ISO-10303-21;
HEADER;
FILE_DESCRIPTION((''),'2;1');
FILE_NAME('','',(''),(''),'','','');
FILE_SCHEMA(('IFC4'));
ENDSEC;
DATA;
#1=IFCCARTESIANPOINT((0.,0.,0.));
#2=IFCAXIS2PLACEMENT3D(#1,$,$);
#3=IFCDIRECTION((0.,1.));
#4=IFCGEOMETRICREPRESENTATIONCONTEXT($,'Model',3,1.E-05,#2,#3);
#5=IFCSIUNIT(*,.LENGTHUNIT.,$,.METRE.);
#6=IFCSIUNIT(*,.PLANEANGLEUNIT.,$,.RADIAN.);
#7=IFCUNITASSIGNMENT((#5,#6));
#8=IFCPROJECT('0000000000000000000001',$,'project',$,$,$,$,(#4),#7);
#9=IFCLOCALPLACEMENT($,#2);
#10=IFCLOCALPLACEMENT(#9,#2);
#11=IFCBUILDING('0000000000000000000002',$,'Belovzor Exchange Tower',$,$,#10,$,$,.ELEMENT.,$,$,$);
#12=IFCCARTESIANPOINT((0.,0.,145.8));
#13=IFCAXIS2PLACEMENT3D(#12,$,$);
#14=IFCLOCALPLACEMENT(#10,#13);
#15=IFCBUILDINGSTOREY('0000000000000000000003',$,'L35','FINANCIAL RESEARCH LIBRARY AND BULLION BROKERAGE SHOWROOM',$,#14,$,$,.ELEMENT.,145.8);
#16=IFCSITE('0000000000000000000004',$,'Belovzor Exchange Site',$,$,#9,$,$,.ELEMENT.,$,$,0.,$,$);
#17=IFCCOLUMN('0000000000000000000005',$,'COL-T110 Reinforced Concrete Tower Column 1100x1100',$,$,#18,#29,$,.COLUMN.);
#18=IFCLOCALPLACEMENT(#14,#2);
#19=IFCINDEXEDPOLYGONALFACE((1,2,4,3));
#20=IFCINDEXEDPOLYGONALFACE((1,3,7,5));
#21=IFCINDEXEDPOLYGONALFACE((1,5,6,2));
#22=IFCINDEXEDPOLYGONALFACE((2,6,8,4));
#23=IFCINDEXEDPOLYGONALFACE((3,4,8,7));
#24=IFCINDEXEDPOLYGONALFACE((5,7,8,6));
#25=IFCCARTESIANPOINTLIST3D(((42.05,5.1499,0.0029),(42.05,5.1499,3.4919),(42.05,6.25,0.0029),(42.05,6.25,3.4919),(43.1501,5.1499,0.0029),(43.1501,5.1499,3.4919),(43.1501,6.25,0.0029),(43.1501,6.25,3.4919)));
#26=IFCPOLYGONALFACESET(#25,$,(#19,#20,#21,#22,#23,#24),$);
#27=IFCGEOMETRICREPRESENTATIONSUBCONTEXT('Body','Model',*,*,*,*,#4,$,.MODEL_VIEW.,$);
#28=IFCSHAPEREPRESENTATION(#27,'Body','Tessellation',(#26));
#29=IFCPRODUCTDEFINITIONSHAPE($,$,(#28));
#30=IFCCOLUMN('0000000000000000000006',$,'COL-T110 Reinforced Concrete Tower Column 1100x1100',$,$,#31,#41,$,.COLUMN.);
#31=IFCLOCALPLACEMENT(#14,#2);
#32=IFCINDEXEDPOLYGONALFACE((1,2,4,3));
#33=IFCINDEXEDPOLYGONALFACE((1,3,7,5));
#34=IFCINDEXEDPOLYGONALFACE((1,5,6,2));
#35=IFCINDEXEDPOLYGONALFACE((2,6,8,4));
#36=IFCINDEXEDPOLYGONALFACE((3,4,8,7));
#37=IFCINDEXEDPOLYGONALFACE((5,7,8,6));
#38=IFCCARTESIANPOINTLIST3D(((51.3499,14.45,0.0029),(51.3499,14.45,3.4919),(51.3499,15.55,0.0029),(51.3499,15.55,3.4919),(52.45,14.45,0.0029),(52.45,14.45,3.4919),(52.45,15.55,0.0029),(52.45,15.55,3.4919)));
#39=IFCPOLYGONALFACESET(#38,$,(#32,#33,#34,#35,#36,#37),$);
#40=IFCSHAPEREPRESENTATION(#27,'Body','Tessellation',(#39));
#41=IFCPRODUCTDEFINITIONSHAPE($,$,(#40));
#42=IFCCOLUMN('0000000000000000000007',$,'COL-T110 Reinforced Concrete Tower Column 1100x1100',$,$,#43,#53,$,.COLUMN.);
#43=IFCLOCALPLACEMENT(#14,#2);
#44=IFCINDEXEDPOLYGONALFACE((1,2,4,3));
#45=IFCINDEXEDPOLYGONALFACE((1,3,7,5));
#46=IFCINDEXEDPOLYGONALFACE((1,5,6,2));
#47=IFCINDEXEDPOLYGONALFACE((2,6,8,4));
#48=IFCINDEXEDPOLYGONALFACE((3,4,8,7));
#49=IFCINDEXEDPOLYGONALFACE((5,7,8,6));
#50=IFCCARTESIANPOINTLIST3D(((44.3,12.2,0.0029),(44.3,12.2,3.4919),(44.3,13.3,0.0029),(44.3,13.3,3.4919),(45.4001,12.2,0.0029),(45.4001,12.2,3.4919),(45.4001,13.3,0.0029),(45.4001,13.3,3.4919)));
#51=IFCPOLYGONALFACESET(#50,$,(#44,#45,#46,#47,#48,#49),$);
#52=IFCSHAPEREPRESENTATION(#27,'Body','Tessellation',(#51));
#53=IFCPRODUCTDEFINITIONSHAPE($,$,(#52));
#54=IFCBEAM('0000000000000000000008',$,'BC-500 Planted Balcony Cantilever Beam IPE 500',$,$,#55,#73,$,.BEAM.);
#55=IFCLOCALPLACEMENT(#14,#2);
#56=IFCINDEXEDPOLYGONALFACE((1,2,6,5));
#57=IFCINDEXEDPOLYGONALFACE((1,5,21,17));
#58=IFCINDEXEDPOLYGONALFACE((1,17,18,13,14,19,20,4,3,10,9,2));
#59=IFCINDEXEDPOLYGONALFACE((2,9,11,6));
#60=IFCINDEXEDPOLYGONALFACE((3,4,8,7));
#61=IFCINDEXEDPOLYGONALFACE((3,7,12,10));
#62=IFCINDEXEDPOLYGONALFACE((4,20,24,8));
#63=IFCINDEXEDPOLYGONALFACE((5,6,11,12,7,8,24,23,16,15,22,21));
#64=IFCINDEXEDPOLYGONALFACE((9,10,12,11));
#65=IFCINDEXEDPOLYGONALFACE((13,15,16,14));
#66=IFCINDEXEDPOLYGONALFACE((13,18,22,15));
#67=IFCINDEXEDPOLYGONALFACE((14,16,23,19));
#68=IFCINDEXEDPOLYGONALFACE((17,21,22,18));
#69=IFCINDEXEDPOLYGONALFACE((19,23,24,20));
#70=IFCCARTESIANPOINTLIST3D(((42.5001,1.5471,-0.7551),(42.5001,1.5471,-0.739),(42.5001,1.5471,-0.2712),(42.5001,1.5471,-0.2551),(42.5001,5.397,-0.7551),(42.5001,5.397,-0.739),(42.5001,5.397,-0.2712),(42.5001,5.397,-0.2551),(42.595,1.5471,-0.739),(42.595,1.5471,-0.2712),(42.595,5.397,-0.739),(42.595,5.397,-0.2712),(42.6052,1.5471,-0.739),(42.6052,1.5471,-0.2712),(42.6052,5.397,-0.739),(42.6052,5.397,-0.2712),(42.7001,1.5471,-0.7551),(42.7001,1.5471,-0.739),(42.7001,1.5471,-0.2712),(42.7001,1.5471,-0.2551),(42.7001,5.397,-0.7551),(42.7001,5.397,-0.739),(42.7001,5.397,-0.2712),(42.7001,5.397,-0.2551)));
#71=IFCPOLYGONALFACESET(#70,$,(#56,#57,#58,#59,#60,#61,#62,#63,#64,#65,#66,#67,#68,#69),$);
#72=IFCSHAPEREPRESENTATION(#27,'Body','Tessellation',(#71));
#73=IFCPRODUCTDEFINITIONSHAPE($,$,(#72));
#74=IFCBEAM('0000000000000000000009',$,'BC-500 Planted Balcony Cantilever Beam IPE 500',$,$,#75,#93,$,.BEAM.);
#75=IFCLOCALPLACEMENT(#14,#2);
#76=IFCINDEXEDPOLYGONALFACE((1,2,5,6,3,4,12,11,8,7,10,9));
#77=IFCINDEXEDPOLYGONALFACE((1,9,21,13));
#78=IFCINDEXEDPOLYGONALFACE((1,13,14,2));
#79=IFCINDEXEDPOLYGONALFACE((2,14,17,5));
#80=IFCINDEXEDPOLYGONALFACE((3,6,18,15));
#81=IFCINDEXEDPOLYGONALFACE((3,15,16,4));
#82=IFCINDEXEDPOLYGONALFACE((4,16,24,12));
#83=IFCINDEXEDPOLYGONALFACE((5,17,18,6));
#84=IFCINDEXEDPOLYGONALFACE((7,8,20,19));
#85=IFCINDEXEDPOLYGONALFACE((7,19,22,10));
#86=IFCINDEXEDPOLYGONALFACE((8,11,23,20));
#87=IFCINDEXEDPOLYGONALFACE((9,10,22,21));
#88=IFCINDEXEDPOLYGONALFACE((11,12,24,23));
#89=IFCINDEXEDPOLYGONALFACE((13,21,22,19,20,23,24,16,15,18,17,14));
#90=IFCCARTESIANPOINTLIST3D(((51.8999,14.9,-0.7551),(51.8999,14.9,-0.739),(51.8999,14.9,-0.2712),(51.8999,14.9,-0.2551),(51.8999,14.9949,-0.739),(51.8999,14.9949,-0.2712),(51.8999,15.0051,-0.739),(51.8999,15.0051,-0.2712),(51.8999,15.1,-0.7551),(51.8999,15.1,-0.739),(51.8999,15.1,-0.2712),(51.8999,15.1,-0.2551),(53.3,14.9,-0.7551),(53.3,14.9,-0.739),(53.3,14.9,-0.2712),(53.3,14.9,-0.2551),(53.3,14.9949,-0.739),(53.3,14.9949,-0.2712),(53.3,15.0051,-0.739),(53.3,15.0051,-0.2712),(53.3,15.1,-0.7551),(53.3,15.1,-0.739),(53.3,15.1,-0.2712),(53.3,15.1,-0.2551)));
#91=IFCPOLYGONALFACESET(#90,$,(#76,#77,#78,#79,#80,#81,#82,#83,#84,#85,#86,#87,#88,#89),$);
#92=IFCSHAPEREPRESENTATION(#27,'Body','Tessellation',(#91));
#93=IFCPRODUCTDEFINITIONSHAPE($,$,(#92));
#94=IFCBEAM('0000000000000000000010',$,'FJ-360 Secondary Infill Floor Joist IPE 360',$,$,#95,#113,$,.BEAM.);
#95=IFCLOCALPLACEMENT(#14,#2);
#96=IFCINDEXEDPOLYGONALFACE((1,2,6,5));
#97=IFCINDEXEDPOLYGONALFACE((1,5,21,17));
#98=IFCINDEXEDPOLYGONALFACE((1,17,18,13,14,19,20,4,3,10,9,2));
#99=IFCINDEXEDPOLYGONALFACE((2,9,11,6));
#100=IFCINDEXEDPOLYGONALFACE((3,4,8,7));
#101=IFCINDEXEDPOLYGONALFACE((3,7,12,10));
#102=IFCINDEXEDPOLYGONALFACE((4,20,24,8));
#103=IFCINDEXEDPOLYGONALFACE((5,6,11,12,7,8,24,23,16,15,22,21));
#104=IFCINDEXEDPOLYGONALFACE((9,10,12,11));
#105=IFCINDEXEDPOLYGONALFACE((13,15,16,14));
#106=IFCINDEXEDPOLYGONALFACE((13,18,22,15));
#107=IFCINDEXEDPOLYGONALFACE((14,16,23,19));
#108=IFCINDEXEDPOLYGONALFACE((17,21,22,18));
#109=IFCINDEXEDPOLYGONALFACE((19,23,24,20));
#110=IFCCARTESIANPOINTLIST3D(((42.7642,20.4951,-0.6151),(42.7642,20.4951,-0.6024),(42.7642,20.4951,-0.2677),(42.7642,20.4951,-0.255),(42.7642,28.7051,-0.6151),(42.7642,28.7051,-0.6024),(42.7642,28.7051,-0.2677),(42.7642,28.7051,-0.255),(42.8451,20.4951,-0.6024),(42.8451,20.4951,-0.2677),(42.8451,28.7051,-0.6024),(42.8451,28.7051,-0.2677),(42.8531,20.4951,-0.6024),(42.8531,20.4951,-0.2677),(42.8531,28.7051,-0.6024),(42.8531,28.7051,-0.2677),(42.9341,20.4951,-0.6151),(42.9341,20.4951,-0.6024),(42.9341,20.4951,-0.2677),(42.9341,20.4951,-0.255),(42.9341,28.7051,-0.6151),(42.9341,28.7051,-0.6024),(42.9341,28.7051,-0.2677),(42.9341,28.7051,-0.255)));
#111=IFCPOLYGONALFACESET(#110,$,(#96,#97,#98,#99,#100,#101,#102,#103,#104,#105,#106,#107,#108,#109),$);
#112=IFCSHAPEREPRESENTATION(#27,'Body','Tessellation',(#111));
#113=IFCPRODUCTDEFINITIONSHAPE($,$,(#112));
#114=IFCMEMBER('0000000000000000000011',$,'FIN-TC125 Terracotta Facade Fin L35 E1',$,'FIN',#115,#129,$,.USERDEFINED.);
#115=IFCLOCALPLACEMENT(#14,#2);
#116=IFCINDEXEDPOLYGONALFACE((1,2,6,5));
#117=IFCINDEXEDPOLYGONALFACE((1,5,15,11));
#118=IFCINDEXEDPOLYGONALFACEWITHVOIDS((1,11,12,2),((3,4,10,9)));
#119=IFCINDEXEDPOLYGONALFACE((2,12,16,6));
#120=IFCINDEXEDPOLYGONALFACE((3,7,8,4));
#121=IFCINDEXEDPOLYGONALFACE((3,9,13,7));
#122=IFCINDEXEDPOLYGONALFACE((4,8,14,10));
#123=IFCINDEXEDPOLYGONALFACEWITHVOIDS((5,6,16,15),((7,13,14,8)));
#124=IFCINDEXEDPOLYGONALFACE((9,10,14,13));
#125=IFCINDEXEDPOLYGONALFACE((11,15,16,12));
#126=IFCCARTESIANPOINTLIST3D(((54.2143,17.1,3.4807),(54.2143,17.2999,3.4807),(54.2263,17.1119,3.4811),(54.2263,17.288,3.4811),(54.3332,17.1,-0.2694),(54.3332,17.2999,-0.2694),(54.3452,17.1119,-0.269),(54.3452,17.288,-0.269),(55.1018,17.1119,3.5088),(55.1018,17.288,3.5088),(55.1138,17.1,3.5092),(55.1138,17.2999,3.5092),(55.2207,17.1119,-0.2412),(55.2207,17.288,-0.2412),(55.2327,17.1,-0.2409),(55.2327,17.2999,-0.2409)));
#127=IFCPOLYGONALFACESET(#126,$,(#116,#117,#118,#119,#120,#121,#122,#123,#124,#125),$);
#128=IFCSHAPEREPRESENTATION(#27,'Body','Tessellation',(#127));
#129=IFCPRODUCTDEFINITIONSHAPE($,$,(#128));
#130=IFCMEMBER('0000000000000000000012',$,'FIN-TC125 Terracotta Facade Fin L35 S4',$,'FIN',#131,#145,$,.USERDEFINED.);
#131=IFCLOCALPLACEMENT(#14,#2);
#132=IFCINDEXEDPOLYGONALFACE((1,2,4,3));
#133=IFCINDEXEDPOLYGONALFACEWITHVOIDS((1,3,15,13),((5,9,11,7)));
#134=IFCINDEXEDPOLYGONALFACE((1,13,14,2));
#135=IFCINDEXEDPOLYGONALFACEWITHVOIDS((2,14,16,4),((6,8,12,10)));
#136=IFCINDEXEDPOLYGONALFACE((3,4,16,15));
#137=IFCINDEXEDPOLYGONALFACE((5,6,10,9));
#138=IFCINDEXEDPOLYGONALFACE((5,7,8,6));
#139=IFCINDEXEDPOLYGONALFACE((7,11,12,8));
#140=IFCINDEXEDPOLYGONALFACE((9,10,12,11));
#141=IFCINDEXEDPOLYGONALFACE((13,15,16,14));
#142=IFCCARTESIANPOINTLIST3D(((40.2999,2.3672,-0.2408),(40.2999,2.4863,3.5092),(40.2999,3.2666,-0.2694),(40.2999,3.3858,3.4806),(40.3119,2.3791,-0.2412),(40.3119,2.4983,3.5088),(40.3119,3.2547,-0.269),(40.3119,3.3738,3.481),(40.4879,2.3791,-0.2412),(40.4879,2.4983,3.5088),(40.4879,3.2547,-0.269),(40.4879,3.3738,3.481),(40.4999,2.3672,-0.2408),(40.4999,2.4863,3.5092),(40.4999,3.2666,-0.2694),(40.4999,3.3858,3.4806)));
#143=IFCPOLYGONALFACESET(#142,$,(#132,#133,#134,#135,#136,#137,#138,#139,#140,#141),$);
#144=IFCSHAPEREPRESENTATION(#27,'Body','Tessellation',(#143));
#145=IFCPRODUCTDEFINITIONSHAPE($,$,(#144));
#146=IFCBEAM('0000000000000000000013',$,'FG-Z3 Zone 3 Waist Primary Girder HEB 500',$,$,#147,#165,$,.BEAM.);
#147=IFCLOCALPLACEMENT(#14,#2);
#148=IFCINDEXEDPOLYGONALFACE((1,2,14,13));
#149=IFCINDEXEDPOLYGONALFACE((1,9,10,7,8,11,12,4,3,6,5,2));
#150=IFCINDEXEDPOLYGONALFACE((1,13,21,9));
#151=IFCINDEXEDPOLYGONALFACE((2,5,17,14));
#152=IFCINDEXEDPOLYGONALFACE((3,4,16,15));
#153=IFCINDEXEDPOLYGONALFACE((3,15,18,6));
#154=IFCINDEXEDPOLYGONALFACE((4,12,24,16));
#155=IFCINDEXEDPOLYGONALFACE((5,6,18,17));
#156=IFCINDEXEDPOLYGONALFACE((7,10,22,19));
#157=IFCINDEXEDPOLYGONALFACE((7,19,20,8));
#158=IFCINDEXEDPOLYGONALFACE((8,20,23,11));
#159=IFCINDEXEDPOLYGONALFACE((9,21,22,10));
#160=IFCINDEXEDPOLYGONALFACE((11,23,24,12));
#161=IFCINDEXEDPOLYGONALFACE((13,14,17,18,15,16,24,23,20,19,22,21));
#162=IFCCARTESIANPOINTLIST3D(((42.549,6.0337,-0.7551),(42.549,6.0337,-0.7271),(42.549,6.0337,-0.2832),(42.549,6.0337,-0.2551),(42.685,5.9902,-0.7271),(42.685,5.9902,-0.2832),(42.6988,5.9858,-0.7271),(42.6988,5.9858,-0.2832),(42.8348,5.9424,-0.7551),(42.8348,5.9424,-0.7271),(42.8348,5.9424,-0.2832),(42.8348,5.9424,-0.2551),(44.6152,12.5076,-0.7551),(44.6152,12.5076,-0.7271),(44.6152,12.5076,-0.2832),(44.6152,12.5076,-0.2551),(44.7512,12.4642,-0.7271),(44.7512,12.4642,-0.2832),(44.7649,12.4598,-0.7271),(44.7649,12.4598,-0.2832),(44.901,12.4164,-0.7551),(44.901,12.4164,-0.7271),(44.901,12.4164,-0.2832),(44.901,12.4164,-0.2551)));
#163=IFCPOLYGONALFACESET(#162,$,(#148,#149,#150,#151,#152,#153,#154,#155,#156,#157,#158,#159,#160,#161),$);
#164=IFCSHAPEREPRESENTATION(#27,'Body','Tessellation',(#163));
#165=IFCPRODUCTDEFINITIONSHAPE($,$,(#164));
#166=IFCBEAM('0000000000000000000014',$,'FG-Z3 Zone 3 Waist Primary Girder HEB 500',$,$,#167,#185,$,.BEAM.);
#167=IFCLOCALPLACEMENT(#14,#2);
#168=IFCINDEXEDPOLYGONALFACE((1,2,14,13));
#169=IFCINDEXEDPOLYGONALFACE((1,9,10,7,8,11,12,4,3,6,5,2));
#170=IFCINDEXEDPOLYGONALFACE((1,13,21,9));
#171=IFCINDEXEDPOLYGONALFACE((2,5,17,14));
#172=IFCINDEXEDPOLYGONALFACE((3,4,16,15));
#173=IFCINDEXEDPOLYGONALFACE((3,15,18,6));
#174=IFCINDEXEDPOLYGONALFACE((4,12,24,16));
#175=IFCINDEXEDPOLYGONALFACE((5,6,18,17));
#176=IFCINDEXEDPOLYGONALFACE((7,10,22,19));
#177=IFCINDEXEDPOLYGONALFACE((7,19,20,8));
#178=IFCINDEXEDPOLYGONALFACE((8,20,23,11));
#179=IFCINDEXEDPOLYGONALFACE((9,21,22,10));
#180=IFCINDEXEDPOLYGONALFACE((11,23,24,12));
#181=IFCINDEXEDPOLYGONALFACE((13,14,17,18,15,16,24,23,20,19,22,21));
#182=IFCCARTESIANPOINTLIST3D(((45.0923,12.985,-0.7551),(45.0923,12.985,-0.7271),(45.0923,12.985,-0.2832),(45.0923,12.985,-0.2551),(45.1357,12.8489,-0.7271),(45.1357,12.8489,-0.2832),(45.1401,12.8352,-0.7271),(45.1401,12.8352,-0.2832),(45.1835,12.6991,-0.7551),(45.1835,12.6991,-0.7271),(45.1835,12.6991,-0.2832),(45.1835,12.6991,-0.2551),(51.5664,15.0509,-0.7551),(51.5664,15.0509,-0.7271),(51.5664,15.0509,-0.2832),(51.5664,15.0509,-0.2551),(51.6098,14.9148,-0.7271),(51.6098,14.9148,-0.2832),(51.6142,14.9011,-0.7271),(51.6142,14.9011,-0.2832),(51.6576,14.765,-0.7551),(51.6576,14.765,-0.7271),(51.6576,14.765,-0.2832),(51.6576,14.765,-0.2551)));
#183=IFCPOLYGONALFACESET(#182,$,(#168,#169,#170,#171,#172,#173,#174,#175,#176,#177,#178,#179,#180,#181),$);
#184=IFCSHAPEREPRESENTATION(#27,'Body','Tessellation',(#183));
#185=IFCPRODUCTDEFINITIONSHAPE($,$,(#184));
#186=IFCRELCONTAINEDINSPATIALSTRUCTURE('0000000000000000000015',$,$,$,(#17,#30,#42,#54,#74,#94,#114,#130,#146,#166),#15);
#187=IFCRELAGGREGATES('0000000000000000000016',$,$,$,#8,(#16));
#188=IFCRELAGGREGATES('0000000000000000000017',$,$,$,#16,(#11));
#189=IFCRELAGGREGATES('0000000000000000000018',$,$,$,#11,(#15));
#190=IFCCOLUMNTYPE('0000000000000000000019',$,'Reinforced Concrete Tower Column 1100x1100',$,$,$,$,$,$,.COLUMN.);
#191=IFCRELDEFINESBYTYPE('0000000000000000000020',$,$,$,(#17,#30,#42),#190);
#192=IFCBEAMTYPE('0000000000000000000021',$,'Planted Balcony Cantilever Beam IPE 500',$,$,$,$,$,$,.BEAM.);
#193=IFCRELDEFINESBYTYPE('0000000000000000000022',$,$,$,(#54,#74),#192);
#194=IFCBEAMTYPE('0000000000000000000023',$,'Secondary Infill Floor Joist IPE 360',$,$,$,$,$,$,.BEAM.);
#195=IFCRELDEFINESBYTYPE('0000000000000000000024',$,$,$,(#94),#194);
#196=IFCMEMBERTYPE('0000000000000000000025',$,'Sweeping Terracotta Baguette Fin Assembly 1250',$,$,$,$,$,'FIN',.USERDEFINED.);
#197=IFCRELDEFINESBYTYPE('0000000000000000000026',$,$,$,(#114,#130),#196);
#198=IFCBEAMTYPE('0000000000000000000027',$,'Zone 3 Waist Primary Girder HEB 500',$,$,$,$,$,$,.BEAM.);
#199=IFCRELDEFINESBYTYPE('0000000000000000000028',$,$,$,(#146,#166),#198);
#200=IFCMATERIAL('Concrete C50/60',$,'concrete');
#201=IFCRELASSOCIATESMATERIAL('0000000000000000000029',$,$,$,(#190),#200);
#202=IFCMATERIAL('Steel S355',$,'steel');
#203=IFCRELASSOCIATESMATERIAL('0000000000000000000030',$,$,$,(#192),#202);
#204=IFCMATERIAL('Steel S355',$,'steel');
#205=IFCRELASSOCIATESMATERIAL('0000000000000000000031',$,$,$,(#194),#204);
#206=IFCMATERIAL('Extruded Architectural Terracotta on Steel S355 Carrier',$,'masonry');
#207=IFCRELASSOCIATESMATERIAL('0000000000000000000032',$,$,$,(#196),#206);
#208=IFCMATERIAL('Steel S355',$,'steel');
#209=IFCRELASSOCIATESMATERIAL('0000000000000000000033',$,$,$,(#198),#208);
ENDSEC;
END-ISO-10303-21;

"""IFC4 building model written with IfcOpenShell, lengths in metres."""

from ifc_helpers import new_model, si_unit, direction, frame, origin, origin_2d, place, context, subcontext, project, spatial, rectangle, hollow_rectangle, i_section, extrude, material, material_profile, profile_set, type_object, element, save


model = new_model("IFC4")

# Units and contexts
model_context = context("Model", 3, precision=1e-05, world=origin(), true_north=direction((0.0, 1.0)))
body_context = subcontext(model_context, "Body", "Model", "MODEL_VIEW")
ifc_project = project(units=[si_unit("LENGTHUNIT", "METRE"), si_unit("PLANEANGLEUNIT", "RADIAN")], contexts=[model_context])

# Site, building, storey
site_placement = place(None, origin())
site = spatial("IfcSite", under=ifc_project, at=site_placement, Name="Belovzor Exchange Site", CompositionType="ELEMENT", RefElevation=0.0)
building_placement = place(site_placement, origin())
building = spatial("IfcBuilding", under=site, at=building_placement, Name="Belovzor Exchange Tower", CompositionType="ELEMENT")
storey_placement = place(building_placement, frame((0.0, 0.0, 145.8)))
storey = spatial("IfcBuildingStorey", under=building, at=storey_placement, Name="L35", Description="FINANCIAL RESEARCH LIBRARY AND BULLION BROKERAGE SHOWROOM", CompositionType="ELEMENT", Elevation=145.8)

# Columns
ifc_material_1 = material(Name="Concrete C50/60", Category="concrete")
ifc_material_profile_1 = material_profile(ifc_material_1, rectangle(XDim=1.1001, YDim=1.1001, at=origin_2d()))
ifc_profile_set_1 = profile_set([ifc_material_profile_1], Name="Concrete C50/60")
column_type = type_object("IfcColumnType", Name="Reinforced Concrete Tower Column 1100x1100", PredefinedType="COLUMN", material=ifc_profile_set_1)
for number, where, z_axis, x_axis, name in (
    (1, (42.6001, 5.7, 0.0029), (0.0, 0.0, 1.0), (1.0, 0.0, 0.0), "COL-T110 Reinforced Concrete Tower Column 1100x1100"),
    (2, (51.8999, 15.0, 0.0029), (0.0, 0.0, 1.0), (1.0, 0.0, 0.0), "COL-T110 Reinforced Concrete Tower Column 1100x1100"),
    (3, (44.8501, 12.75, 0.0029), (0.0, 0.0, 1.0), (1.0, 0.0, 0.0), "COL-T110 Reinforced Concrete Tower Column 1100x1100"),
):
    element("IfcColumn", number, at=place(storey_placement, frame(where, z_axis=z_axis, x_axis=x_axis)), inside=storey, type_object=column_type, Name=name, PredefinedType="COLUMN", context=body_context, shape_type="SweptSolid", body=[
        extrude(rectangle(XDim=1.1001, YDim=1.1001, at=origin_2d()), origin(), (0.0, 0.0, 1.0), 3.489),
    ])

# Beams
ifc_material_2 = material(Name="Steel S355", Category="steel")
ifc_material_profile_2 = material_profile(ifc_material_2, i_section(OverallWidth=0.2, OverallDepth=0.5, WebThickness=0.0103, FlangeThickness=0.0161, at=origin_2d()))
ifc_profile_set_2 = profile_set([ifc_material_profile_2], Name="Steel S355")
beam_type_1 = type_object("IfcBeamType", Name="Planted Balcony Cantilever Beam IPE 500", PredefinedType="BEAM", material=ifc_profile_set_2)
beam_1_placement = place(storey_placement, frame((42.6001, 5.397, -0.5051), z_axis=(0.0, -1.0, 0.0), x_axis=(1.0, 0.0, 0.0)))
element("IfcBeam", 4, at=beam_1_placement, inside=storey, type_object=beam_type_1, Name="BC-500 Planted Balcony Cantilever Beam IPE 500", PredefinedType="BEAM", context=body_context, shape_type="SweptSolid", body=[
    extrude(i_section(OverallWidth=0.2, OverallDepth=0.5, WebThickness=0.0103, FlangeThickness=0.0161, at=origin_2d()), origin(), (0.0, 0.0, 1.0), 3.8499),
])
beam_2_placement = place(storey_placement, frame((51.8999, 15.0, -0.5051), z_axis=(1.0, 0.0, 0.0), x_axis=(0.0, 1.0, 0.0)))
element("IfcBeam", 5, at=beam_2_placement, inside=storey, type_object=beam_type_1, Name="BC-500 Planted Balcony Cantilever Beam IPE 500", PredefinedType="BEAM", context=body_context, shape_type="SweptSolid", body=[
    extrude(i_section(OverallWidth=0.2, OverallDepth=0.5, WebThickness=0.0103, FlangeThickness=0.0161, at=origin_2d()), origin(), (0.0, 0.0, 1.0), 1.4001),
])
ifc_material_3 = material(Name="Steel S355", Category="steel")
ifc_material_profile_3 = material_profile(ifc_material_3, i_section(OverallWidth=0.1699, OverallDepth=0.3601, WebThickness=0.0081, FlangeThickness=0.0127, at=origin_2d()))
ifc_profile_set_3 = profile_set([ifc_material_profile_3], Name="Steel S355")
beam_type_2 = type_object("IfcBeamType", Name="Secondary Infill Floor Joist IPE 360", PredefinedType="BEAM", material=ifc_profile_set_3)
beam_3_placement = place(storey_placement, frame((42.8491, 20.4951, -0.4351), z_axis=(0.0, 1.0, 0.0), x_axis=(-1.0, 0.0, 0.0)))
element("IfcBeam", 6, at=beam_3_placement, inside=storey, type_object=beam_type_2, Name="FJ-360 Secondary Infill Floor Joist IPE 360", PredefinedType="BEAM", context=body_context, shape_type="SweptSolid", body=[
    extrude(i_section(OverallWidth=0.1699, OverallDepth=0.3601, WebThickness=0.0081, FlangeThickness=0.0127, at=origin_2d()), origin(), (0.0, 0.0, 1.0), 8.21),
])

# Members
ifc_material_4 = material(Name="Extruded Architectural Terracotta on Steel S355 Carrier", Category="masonry")
ifc_material_profile_4 = material_profile(ifc_material_4, hollow_rectangle(XDim=0.2, YDim=0.8999, WallThickness=0.012, at=origin_2d()))
ifc_profile_set_4 = profile_set([ifc_material_profile_4], Name="Extruded Architectural Terracotta on Steel S355 Carrier")
member_type = type_object("IfcMemberType", Name="Sweeping Terracotta Baguette Fin Assembly 1250", ElementType="FIN", PredefinedType="USERDEFINED", material=ifc_profile_set_4)
for number, where, z_axis, x_axis, name in (
    (7, (54.783, 17.2, -0.2551), (-0.03169, 0.0, 0.999498), (0.0, -1.0, 0.0), "FIN-TC125 Terracotta Facade Fin L35 E1"),
    (8, (40.3999, 2.8169, -0.2551), (0.0, 0.031755, 0.999496), (-1.0, 0.0, 0.0), "FIN-TC125 Terracotta Facade Fin L35 S4"),
):
    element("IfcMember", number, at=place(storey_placement, frame(where, z_axis=z_axis, x_axis=x_axis)), inside=storey, type_object=member_type, Name=name, ObjectType="FIN", PredefinedType="USERDEFINED", context=body_context, shape_type="SweptSolid", body=[
        extrude(hollow_rectangle(XDim=0.2, YDim=0.8999, WallThickness=0.012, at=origin_2d()), origin(), (0.0, 0.0, 1.0), 3.752),
    ])

# Beams
ifc_material_5 = material(Name="Steel S355", Category="steel")
ifc_material_profile_5 = material_profile(ifc_material_5, i_section(OverallWidth=0.3, OverallDepth=0.5, WebThickness=0.0144, FlangeThickness=0.0281, at=origin_2d()))
ifc_profile_set_5 = profile_set([ifc_material_profile_5], Name="Steel S355")
beam_type_3 = type_object("IfcBeamType", Name="Zone 3 Waist Primary Girder HEB 500", PredefinedType="BEAM", material=ifc_profile_set_5)
for number, where, z_axis, x_axis, name in (
    (9, (42.6919, 5.988, -0.5051), (0.304044, 0.952658, 0.0), (-0.952658, 0.304044, 0.0), "FG-Z3 Zone 3 Waist Primary Girder HEB 500"),
    (10, (45.1379, 12.842, -0.5051), (0.952672, 0.304001, 0.0), (-0.304001, 0.952672, 0.0), "FG-Z3 Zone 3 Waist Primary Girder HEB 500"),
):
    element("IfcBeam", number, at=place(storey_placement, frame(where, z_axis=z_axis, x_axis=x_axis)), inside=storey, type_object=beam_type_3, Name=name, PredefinedType="BEAM", context=body_context, shape_type="SweptSolid", body=[
        extrude(i_section(OverallWidth=0.3, OverallDepth=0.5, WebThickness=0.0144, FlangeThickness=0.0281, at=origin_2d()), origin(), (0.0, 0.0, 1.0), 6.7957),
    ])

save(model, "model.ifc")
